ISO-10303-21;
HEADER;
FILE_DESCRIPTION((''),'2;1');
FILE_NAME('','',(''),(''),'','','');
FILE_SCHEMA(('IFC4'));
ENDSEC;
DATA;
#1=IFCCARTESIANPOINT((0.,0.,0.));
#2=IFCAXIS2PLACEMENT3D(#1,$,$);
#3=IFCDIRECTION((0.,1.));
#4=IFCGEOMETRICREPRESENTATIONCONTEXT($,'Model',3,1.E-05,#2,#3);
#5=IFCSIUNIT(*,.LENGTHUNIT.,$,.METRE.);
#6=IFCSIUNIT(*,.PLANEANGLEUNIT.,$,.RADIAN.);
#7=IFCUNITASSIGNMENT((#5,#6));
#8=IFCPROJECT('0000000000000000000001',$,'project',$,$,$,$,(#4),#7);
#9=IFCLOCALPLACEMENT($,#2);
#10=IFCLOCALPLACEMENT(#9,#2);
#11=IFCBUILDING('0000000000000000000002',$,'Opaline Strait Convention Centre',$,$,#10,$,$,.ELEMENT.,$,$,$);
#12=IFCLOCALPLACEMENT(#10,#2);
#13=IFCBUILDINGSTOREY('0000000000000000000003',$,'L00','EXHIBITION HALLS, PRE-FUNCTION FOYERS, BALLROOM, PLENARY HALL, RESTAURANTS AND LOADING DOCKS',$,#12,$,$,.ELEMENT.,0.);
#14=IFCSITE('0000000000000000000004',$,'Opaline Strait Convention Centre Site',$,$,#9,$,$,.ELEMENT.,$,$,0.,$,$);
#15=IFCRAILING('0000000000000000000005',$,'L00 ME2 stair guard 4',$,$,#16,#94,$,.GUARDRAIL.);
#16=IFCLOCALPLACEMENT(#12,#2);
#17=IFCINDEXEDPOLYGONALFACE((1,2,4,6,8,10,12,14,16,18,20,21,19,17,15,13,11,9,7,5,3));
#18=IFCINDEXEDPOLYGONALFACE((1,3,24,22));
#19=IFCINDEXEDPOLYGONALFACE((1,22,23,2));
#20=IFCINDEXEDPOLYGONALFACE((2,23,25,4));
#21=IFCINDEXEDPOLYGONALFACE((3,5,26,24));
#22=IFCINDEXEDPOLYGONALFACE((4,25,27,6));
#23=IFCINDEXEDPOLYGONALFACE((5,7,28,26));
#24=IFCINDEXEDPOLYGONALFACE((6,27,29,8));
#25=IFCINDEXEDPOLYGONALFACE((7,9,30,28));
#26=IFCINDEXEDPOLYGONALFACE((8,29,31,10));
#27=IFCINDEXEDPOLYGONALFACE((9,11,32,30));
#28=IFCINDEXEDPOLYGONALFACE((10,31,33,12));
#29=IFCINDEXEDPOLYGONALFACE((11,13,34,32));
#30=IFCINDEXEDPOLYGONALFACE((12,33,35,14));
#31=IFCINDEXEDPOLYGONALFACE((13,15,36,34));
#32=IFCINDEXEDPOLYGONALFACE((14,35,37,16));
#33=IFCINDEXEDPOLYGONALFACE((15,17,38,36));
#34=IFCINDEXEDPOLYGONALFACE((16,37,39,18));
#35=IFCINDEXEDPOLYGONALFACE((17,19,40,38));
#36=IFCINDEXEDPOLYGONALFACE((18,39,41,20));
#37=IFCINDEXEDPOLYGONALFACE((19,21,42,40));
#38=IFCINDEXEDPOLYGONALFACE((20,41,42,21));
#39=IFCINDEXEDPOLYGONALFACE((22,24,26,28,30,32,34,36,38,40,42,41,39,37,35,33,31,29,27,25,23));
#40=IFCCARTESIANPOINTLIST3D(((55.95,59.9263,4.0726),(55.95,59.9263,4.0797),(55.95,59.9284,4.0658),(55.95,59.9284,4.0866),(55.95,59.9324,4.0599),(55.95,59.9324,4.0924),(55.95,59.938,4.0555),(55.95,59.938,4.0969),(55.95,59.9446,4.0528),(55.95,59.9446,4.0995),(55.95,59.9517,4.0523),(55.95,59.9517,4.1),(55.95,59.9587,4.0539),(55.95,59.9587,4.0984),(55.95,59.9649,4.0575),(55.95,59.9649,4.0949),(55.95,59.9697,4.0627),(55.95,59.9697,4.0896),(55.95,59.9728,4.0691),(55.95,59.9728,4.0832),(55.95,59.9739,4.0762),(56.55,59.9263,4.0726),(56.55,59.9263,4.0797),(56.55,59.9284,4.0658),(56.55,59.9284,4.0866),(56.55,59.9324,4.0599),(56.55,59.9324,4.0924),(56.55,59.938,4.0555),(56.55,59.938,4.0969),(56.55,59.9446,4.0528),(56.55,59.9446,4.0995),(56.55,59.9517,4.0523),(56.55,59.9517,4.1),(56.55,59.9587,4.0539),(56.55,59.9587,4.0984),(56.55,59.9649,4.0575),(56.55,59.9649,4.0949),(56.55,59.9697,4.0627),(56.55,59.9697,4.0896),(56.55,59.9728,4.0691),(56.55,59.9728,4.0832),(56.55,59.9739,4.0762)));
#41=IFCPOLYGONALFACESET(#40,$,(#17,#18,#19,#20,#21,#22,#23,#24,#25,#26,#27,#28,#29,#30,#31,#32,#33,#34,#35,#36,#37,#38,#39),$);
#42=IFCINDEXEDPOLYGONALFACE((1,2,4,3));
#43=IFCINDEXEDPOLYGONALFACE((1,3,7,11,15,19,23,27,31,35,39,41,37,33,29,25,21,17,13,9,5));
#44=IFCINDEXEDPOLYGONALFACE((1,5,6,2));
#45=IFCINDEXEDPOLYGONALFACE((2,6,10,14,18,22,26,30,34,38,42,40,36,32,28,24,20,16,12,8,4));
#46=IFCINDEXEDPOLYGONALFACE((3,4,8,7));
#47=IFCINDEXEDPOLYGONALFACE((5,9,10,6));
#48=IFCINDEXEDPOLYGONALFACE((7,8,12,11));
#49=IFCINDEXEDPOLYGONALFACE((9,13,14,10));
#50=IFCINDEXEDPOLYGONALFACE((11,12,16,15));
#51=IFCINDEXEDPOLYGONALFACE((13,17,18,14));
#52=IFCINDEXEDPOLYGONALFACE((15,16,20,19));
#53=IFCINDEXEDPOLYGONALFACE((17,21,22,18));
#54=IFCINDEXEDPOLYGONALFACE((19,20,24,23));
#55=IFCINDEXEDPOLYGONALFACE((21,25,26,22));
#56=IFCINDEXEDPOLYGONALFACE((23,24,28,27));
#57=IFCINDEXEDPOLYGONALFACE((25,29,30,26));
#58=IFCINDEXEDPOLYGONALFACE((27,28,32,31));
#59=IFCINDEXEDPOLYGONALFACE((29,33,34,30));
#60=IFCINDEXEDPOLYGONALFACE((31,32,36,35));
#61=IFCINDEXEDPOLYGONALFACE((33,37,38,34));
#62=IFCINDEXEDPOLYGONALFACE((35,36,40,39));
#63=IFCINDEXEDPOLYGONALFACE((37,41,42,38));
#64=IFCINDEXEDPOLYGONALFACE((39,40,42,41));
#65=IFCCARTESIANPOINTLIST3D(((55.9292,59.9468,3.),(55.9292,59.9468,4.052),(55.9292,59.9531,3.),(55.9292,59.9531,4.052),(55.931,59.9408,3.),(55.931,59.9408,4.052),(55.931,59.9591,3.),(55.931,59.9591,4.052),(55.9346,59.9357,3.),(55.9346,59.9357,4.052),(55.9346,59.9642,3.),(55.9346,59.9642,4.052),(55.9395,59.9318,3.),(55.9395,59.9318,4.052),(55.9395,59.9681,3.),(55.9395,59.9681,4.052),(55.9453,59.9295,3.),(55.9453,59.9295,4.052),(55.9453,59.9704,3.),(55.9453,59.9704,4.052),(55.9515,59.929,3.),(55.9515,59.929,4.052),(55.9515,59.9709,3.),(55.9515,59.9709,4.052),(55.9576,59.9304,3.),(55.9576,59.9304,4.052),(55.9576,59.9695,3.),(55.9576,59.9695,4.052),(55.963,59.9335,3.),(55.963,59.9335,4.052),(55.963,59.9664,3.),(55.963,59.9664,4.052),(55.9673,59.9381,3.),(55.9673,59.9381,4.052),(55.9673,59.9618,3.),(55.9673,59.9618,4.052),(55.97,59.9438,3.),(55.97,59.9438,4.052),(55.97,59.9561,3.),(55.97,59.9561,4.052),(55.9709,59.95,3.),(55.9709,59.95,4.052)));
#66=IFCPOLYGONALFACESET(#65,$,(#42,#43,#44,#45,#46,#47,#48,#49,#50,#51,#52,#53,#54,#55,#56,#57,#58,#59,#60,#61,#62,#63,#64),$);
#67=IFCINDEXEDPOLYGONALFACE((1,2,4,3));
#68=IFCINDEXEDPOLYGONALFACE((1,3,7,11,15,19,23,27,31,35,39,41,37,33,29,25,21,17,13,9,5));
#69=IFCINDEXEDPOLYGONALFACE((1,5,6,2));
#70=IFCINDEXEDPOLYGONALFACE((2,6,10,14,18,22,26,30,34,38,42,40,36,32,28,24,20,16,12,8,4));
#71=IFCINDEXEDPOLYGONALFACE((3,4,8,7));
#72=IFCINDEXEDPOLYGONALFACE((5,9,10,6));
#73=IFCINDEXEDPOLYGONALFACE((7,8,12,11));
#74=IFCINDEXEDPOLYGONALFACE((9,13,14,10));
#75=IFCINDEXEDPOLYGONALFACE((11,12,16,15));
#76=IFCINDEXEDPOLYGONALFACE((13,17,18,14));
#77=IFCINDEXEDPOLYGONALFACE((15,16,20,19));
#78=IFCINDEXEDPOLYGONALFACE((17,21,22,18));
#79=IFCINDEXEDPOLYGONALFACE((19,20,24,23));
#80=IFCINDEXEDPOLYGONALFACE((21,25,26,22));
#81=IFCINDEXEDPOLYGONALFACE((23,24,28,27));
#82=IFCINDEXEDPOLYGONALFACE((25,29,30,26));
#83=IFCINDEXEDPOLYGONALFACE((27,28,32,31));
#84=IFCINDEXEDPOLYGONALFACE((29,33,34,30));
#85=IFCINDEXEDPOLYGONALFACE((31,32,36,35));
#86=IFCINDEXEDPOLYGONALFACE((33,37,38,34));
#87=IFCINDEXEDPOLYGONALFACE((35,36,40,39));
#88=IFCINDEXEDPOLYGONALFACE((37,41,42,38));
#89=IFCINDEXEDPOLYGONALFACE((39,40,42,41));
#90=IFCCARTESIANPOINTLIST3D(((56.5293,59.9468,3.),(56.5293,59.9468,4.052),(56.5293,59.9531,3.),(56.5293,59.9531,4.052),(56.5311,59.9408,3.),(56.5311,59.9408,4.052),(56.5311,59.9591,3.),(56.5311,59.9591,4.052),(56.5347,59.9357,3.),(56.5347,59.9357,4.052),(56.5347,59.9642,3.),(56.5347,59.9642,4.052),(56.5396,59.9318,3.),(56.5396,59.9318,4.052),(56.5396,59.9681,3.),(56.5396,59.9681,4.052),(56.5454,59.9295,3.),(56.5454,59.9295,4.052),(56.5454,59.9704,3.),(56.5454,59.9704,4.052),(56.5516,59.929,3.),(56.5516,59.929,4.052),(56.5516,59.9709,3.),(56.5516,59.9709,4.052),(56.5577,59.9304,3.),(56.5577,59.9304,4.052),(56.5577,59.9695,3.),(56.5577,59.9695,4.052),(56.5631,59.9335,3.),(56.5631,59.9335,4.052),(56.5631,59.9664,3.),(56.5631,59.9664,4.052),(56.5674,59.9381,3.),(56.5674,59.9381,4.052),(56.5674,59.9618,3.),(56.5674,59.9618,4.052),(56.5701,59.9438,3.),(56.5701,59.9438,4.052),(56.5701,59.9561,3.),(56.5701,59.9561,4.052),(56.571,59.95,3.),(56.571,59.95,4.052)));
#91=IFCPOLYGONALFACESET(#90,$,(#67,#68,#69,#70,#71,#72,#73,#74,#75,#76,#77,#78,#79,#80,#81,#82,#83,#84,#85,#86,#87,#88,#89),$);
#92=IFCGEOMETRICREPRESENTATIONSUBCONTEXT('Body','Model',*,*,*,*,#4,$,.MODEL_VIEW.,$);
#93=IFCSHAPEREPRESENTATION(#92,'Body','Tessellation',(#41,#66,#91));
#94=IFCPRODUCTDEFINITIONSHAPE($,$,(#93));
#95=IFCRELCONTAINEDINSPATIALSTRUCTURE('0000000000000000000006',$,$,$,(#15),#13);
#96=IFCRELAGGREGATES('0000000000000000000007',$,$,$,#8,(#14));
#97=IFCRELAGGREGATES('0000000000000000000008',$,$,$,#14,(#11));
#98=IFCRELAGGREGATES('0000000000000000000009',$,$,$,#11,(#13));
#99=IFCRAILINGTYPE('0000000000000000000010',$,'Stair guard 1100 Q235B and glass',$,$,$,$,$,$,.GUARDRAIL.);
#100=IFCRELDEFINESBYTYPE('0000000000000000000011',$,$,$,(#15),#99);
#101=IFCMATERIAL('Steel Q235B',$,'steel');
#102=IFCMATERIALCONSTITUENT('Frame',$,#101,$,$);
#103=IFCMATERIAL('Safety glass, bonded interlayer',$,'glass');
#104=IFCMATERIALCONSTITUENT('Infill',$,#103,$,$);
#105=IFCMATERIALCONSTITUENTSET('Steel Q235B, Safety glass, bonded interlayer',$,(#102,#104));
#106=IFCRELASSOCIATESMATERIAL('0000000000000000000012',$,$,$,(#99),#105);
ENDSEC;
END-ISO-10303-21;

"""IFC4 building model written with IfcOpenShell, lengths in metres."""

from ifc_helpers import new_model, si_unit, direction, frame, origin, origin_2d, place, context, subcontext, project, spatial, circle, extrude, material, constituent, constituent_set, type_object, element, save


model = new_model("IFC4")

# Units and contexts
model_context = context("Model", 3, precision=1e-05, world=origin(), true_north=direction((0.0, 1.0)))
body_context = subcontext(model_context, "Body", "Model", "MODEL_VIEW")
ifc_project = project(units=[si_unit("LENGTHUNIT", "METRE"), si_unit("PLANEANGLEUNIT", "RADIAN")], contexts=[model_context])

# Site, building, storey
site_placement = place(None, origin())
site = spatial("IfcSite", under=ifc_project, at=site_placement, Name="Opaline Strait Convention Centre Site", CompositionType="ELEMENT", RefElevation=0.0)
building_placement = place(site_placement, origin())
building = spatial("IfcBuilding", under=site, at=building_placement, Name="Opaline Strait Convention Centre", CompositionType="ELEMENT")
storey_placement = place(building_placement, origin())
storey = spatial("IfcBuildingStorey", under=building, at=storey_placement, Name="L00", Description="EXHIBITION HALLS, PRE-FUNCTION FOYERS, BALLROOM, PLENARY HALL, RESTAURANTS AND LOADING DOCKS", CompositionType="ELEMENT", Elevation=0.0)

# Railing
ifc_material_1 = material(Name="Steel Q235B", Category="steel")
ifc_constituent_1 = constituent(ifc_material_1, Name="Frame")
ifc_material_2 = material(Name="Safety glass, bonded interlayer", Category="glass")
ifc_constituent_2 = constituent(ifc_material_2, Name="Infill")
ifc_constituent_set = constituent_set(constituents=[ifc_constituent_1, ifc_constituent_2], Name="Steel Q235B, Safety glass, bonded interlayer")
railing_type_1 = type_object("IfcRailingType", Name="Stair guard 1100 Q235B and glass", PredefinedType="GUARDRAIL", material=ifc_constituent_set)
railing_1_placement = place(storey_placement, frame((55.95, 59.95, 3.0)))
element("IfcRailing", 1, at=railing_1_placement, inside=storey, type_object=railing_type_1, Name="L00 ME2 stair guard 4", PredefinedType="GUARDRAIL", context=body_context, shape_type="SweptSolid", body=[
    extrude(circle(Radius=0.0239, at=origin_2d()), frame((0.0, 0.0, 1.0762), z_axis=(1.0, 0.0, 0.0), x_axis=(0.0, 1.0, 0.0)), (0.0, 0.0, 1.0), 0.6001),
    extrude(circle(Radius=0.021, at=origin_2d()), origin(), (0.0, 0.0, 1.0), 1.052),
    extrude(circle(Radius=0.021, at=origin_2d()), frame((0.6001, 0.0, 0.0)), (0.0, 0.0, 1.0), 1.052),
])

save(model, "model.ifc")
